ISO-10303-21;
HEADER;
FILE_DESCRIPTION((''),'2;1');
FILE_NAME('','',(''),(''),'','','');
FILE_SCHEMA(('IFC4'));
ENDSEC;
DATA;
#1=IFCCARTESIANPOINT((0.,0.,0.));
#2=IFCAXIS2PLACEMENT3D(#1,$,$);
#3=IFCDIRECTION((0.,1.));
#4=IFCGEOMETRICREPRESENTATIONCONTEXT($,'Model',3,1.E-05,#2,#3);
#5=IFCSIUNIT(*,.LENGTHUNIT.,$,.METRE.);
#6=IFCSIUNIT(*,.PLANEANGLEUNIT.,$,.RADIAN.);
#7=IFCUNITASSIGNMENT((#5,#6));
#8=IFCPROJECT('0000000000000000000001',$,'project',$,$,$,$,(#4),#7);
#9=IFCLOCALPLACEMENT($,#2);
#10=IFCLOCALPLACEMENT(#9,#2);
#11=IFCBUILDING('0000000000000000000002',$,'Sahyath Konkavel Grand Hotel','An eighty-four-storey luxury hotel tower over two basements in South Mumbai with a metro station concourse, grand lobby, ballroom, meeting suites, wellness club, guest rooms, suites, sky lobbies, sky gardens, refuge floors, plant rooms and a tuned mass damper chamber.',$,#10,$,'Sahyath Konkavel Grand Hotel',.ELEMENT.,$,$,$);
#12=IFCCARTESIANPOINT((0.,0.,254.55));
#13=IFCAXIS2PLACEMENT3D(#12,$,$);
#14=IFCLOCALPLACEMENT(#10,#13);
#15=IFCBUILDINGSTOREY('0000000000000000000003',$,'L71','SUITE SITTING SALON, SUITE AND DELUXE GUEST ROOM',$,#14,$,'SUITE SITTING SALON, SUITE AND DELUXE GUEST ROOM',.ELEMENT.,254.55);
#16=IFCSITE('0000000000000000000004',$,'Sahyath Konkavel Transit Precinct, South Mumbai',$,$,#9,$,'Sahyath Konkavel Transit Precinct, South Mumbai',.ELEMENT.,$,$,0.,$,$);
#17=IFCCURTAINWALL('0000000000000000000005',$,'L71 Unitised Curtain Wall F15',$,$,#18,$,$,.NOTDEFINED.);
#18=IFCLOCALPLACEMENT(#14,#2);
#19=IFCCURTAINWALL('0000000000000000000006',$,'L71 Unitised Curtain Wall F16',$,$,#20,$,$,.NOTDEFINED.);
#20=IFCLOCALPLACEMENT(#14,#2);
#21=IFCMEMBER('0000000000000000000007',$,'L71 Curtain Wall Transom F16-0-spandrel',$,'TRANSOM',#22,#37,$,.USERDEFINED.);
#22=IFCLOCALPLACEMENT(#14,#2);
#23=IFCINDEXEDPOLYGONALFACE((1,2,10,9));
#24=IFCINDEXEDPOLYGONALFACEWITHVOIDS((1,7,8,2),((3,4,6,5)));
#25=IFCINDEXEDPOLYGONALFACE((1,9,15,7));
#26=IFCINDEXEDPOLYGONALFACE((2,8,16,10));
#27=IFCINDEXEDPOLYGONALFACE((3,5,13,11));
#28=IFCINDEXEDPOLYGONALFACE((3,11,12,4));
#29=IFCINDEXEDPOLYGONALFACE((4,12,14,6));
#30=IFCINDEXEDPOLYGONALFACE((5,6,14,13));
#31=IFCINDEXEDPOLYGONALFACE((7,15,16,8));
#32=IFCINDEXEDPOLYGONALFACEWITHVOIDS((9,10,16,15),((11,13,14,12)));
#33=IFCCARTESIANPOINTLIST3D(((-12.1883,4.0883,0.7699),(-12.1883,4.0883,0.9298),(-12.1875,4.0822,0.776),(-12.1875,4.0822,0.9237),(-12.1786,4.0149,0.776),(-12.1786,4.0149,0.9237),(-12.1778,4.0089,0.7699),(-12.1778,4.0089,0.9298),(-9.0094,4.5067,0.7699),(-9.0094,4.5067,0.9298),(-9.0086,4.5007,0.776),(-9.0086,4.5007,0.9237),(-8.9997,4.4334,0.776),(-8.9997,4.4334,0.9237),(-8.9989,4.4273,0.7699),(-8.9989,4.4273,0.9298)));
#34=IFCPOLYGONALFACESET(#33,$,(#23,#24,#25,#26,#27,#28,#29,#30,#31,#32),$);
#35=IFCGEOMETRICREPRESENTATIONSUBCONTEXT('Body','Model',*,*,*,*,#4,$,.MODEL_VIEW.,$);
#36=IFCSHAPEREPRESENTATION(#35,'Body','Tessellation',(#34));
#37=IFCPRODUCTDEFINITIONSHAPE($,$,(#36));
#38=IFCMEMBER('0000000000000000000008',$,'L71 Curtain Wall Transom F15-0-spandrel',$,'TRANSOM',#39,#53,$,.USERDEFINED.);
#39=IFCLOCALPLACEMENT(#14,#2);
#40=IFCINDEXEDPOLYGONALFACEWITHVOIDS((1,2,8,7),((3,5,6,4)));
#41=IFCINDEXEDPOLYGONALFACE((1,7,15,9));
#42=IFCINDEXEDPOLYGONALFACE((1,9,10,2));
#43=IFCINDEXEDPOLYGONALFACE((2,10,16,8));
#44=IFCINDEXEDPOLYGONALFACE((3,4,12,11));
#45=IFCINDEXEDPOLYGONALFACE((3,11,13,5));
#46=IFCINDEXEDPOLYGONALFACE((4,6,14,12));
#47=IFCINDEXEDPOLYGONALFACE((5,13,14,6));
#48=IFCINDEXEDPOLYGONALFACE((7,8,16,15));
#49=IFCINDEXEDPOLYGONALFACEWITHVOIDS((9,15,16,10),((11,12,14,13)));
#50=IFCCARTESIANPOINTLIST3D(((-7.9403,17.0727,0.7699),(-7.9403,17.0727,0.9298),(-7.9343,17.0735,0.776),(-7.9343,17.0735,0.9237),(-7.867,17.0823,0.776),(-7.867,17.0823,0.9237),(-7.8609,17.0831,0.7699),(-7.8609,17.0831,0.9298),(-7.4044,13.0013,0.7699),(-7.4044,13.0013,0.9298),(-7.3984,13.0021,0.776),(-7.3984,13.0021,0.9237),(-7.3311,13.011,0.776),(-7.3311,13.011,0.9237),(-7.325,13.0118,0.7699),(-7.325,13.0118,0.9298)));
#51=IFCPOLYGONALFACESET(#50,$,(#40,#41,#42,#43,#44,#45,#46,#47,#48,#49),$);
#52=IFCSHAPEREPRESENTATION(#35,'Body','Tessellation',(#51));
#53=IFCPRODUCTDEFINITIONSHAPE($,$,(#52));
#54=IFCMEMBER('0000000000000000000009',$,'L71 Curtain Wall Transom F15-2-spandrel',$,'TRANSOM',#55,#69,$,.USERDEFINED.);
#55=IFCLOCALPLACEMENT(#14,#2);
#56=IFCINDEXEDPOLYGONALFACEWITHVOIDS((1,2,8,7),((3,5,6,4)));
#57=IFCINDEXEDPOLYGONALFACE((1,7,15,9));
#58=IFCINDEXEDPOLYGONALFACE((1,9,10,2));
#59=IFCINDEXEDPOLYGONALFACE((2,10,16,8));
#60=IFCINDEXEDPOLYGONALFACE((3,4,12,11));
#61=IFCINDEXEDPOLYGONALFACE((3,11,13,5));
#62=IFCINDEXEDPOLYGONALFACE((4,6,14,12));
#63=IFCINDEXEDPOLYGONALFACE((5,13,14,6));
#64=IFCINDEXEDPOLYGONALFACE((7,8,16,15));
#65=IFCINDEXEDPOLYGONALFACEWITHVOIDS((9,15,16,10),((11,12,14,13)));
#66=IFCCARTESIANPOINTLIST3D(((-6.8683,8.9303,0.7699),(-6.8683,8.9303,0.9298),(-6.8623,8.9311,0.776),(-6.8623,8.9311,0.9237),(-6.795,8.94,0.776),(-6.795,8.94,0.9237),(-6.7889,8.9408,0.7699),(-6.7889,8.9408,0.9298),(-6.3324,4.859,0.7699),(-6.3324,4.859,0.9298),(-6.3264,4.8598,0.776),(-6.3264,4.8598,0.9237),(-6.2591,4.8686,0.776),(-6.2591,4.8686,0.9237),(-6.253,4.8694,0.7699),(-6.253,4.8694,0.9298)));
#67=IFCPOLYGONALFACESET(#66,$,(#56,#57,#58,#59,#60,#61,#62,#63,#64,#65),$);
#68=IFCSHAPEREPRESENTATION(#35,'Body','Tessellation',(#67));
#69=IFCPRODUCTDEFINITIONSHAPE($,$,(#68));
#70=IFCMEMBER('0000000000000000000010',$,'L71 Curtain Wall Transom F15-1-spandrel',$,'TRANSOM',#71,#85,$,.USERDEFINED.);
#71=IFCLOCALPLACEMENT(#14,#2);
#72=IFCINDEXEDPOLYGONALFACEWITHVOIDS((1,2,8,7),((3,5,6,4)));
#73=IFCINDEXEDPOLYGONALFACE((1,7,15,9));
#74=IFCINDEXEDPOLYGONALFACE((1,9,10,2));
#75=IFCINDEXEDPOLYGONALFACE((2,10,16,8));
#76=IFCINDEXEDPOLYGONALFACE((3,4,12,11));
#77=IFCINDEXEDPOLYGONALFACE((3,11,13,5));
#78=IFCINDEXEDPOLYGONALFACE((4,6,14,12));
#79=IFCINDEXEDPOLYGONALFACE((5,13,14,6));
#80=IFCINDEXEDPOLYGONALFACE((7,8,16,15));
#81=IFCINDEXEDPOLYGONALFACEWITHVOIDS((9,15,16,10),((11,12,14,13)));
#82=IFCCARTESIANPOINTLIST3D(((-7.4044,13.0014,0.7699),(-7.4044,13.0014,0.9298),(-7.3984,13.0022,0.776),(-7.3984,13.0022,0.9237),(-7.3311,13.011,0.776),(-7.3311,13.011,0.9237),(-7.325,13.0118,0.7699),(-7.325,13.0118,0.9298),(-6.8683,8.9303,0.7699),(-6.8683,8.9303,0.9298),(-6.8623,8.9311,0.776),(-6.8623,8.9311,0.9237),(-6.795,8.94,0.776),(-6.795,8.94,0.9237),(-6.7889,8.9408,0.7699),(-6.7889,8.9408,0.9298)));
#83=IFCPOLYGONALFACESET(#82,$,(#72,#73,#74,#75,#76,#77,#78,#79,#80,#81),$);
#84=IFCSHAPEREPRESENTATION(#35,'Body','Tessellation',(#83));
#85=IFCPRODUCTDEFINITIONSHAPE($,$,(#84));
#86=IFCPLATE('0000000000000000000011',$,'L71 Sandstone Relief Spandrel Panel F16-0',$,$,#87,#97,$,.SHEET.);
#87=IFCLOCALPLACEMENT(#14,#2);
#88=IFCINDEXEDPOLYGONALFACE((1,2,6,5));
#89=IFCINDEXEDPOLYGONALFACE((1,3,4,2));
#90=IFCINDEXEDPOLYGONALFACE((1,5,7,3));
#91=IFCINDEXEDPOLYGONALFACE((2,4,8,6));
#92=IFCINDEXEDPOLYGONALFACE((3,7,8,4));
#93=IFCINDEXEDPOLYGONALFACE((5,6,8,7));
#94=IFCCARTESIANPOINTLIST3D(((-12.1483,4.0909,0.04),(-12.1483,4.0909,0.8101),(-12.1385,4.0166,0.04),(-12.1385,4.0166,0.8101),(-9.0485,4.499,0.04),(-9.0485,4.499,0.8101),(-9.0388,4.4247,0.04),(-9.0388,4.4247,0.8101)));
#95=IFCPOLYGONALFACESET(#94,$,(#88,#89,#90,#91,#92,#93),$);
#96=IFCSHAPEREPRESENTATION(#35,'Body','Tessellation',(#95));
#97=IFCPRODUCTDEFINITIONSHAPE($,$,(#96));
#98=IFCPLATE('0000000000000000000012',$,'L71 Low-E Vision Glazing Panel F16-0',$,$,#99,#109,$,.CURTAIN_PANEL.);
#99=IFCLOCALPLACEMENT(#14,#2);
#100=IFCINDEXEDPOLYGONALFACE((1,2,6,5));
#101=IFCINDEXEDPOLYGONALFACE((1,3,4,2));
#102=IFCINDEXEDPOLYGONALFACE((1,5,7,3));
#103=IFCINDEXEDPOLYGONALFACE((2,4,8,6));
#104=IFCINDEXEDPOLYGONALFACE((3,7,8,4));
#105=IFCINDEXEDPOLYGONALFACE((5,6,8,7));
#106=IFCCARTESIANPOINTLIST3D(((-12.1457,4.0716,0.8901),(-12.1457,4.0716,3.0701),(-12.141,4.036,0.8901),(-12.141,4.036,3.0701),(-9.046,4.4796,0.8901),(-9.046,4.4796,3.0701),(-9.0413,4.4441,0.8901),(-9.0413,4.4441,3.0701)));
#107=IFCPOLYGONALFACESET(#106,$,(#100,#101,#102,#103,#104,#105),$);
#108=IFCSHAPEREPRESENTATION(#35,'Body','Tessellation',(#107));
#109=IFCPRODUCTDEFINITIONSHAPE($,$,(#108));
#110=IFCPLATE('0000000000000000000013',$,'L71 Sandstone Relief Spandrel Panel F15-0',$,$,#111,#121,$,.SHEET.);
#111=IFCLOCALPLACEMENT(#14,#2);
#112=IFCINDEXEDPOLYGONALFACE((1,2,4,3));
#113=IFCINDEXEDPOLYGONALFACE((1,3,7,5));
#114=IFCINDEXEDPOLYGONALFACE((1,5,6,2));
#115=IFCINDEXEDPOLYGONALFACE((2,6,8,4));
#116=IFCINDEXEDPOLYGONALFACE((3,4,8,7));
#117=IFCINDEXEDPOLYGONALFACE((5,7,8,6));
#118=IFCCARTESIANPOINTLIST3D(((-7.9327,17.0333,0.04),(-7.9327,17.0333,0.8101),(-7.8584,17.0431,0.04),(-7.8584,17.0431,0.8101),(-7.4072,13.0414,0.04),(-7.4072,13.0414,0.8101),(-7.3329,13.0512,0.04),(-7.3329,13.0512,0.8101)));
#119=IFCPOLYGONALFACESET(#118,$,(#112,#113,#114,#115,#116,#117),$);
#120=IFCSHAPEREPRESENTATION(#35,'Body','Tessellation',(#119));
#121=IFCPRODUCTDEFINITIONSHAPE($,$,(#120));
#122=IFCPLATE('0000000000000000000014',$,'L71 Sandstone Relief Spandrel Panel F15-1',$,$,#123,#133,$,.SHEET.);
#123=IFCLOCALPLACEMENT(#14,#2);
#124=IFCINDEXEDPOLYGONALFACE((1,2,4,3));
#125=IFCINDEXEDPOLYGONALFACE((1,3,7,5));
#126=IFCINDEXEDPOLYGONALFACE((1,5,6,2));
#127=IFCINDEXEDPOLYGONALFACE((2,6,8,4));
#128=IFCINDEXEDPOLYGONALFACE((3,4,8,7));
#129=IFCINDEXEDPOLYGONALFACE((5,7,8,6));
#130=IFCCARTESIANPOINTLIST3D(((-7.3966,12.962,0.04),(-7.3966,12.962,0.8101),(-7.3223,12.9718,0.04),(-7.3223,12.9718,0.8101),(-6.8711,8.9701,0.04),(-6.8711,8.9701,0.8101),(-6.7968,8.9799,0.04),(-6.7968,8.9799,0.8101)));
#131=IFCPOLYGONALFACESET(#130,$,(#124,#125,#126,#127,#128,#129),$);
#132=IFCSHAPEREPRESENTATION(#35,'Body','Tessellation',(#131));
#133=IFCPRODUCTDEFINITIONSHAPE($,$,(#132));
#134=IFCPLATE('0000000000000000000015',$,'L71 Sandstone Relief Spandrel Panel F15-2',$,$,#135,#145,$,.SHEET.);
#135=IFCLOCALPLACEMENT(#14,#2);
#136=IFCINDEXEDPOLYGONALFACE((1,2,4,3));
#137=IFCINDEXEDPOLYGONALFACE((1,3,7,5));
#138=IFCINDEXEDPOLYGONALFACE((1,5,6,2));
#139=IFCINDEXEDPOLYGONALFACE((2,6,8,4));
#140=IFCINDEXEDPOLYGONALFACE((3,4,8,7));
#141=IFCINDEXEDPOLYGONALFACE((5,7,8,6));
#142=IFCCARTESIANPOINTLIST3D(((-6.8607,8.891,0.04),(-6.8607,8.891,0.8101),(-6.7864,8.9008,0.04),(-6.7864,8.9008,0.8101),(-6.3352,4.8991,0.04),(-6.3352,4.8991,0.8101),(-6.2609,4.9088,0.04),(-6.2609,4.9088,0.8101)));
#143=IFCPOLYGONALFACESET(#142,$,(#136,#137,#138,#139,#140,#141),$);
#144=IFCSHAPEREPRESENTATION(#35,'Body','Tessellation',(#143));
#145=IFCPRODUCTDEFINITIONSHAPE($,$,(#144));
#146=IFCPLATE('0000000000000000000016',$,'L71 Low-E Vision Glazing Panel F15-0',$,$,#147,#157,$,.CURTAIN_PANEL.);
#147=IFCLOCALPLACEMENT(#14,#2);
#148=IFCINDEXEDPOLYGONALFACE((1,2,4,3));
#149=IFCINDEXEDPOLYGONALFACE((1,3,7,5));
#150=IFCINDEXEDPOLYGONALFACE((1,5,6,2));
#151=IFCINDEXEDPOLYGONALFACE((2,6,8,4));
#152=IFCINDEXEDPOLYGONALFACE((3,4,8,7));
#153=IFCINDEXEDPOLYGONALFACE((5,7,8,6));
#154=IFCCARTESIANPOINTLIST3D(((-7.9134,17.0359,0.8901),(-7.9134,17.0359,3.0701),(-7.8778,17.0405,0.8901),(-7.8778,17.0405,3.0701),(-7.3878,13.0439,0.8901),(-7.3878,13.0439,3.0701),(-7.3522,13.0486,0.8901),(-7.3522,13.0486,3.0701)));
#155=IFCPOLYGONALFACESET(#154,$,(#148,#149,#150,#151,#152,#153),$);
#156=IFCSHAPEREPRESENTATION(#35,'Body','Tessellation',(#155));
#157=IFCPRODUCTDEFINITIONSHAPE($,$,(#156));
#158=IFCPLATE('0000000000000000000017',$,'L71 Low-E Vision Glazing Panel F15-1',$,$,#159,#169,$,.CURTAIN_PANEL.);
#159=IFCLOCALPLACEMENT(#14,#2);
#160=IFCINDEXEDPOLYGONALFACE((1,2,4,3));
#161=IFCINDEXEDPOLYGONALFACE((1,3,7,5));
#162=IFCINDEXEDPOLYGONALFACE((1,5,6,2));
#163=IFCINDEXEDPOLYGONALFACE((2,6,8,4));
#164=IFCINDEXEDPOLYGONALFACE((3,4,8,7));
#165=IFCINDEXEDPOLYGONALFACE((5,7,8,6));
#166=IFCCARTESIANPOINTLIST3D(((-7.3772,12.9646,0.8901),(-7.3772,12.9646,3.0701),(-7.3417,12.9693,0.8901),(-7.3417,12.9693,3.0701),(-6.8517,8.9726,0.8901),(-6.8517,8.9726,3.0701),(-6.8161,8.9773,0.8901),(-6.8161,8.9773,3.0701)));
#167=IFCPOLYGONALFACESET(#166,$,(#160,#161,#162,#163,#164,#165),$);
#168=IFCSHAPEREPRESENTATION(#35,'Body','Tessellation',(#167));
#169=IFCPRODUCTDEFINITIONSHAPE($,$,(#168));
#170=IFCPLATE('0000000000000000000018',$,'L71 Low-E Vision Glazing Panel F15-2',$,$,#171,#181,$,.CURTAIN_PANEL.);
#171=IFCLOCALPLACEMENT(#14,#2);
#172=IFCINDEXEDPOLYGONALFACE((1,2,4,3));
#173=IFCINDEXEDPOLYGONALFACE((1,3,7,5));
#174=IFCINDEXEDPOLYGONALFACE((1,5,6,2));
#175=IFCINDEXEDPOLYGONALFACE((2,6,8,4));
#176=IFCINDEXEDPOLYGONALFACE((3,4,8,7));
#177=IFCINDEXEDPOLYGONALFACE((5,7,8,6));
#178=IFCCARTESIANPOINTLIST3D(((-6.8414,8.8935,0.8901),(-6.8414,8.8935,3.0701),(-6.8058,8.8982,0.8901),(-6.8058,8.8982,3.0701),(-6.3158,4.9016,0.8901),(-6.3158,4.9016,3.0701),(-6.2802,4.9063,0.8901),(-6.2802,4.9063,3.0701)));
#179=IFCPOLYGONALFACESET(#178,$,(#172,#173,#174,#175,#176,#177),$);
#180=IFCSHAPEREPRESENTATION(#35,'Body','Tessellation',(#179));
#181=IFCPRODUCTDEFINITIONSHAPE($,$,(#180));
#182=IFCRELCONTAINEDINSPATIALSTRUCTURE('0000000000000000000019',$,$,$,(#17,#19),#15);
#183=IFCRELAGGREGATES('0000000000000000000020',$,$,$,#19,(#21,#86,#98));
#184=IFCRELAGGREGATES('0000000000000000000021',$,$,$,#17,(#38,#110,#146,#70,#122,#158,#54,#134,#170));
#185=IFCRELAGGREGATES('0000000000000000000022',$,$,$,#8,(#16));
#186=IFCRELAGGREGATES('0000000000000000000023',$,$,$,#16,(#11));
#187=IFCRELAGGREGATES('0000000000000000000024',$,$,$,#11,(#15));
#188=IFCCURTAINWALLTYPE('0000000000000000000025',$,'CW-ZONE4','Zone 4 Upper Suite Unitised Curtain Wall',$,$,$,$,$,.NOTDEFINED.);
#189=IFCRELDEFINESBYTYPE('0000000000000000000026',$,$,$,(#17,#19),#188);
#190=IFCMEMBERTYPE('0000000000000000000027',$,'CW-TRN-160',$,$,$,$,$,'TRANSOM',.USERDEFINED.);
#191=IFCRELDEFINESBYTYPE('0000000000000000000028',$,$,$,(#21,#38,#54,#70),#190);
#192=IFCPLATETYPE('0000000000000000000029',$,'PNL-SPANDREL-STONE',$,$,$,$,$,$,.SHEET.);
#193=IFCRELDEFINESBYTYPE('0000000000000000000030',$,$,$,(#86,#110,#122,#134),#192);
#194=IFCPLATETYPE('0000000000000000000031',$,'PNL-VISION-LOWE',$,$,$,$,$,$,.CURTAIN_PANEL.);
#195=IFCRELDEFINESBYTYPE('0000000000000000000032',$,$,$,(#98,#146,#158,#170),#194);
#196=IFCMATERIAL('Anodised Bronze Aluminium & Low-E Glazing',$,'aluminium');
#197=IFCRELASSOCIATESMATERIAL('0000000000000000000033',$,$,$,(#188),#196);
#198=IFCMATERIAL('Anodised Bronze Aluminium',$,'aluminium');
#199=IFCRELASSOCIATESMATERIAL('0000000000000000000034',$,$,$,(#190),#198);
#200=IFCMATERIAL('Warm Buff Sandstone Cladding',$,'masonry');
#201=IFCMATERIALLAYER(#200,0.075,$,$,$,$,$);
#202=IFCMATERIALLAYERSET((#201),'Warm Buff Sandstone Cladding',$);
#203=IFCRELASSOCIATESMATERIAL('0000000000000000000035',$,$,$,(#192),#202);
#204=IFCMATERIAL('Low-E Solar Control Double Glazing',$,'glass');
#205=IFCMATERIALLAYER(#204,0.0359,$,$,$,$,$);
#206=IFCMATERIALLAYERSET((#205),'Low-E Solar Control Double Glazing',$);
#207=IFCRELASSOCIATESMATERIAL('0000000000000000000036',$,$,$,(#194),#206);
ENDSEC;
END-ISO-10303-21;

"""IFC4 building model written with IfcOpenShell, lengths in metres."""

from ifc_helpers import new_model, si_unit, direction, frame, origin, origin_2d, place, context, subcontext, project, spatial, rectangle, hollow_rectangle, extrude, source, transform, mapped, material, layer, layer_set, material_profile, profile_set, type_object, element, aggregate, save


model = new_model("IFC4")

# Units and contexts
model_context = context("Model", 3, precision=1e-05, world=origin(), true_north=direction((0.0, 1.0)))
body_context = subcontext(model_context, "Body", "Model", "MODEL_VIEW")
ifc_project = project(units=[si_unit("LENGTHUNIT", "METRE"), si_unit("PLANEANGLEUNIT", "RADIAN")], contexts=[model_context])

# Site, building, storey
site_placement = place(None, origin())
site = spatial("IfcSite", under=ifc_project, at=site_placement, Name="Sahyath Konkavel Transit Precinct, South Mumbai", LongName="Sahyath Konkavel Transit Precinct, South Mumbai", CompositionType="ELEMENT", RefElevation=0.0)
building_placement = place(site_placement, origin())
building = spatial("IfcBuilding", under=site, at=building_placement, Name="Sahyath Konkavel Grand Hotel", Description="An eighty-four-storey luxury hotel tower over two basements in South Mumbai with a metro station concourse, grand lobby, ballroom, meeting suites, wellness club, guest rooms, suites, sky lobbies, sky gardens, refuge floors, plant rooms and a tuned mass damper chamber.", LongName="Sahyath Konkavel Grand Hotel", CompositionType="ELEMENT")
storey_placement = place(building_placement, frame((0.0, 0.0, 254.55)))
storey = spatial("IfcBuildingStorey", under=building, at=storey_placement, Name="L71", Description="SUITE SITTING SALON, SUITE AND DELUXE GUEST ROOM", LongName="SUITE SITTING SALON, SUITE AND DELUXE GUEST ROOM", CompositionType="ELEMENT", Elevation=254.55)

# Shared definitions
ifc_material_1 = material(Name="Anodised Bronze Aluminium & Low-E Glazing", Category="aluminium")
curtain_wall_type = type_object("IfcCurtainWallType", Name="CW-ZONE4", Description="Zone 4 Upper Suite Unitised Curtain Wall", PredefinedType="NOTDEFINED", material=ifc_material_1)
ifc_material_2 = material(Name="Anodised Bronze Aluminium", Category="aluminium")

# Curtain wall
curtain_wall_1_placement = place(storey_placement, origin())
curtain_wall_1 = element("IfcCurtainWall", 1, at=curtain_wall_1_placement, inside=storey, type_object=curtain_wall_type, Name="L71 Unitised Curtain Wall F15", PredefinedType="NOTDEFINED")

# Curtain wall
curtain_wall_2_placement = place(storey_placement, origin())
curtain_wall_2 = element("IfcCurtainWall", 2, at=curtain_wall_2_placement, inside=storey, type_object=curtain_wall_type, Name="L71 Unitised Curtain Wall F16", PredefinedType="NOTDEFINED")

# Members
ifc_material_profile_1 = material_profile(ifc_material_2, hollow_rectangle(XDim=0.0801, YDim=0.1599, WallThickness=0.0061, at=origin_2d()), Name="RHS 160x80x6")
ifc_profile_set_1 = profile_set([ifc_material_profile_1], Name="Anodised Bronze Aluminium")
member_type_1 = type_object("IfcMemberType", Name="CW-TRN-160", ElementType="TRANSOM", PredefinedType="USERDEFINED", material=ifc_profile_set_1)
shared_shape_1 = source(origin(), body_context, "Body", "SweptSolid", [
    extrude(hollow_rectangle(XDim=0.0801, YDim=0.1599, WallThickness=0.0061, at=origin_2d()), origin(), (0.0, 0.0, 1.0), 3.2063),
])
member_1_placement = place(storey_placement, frame((-9.0042, 4.467, 0.8499), z_axis=(-0.991447, -0.130508, 0.0), x_axis=(0.130508, -0.991447, 0.0)))
member_1 = element("IfcMember", 3, at=member_1_placement, type_object=member_type_1, Name="L71 Curtain Wall Transom F16-0-spandrel", ObjectType="TRANSOM", PredefinedType="USERDEFINED", context=body_context, shape_type="MappedRepresentation", body=[
    mapped(shared_shape_1, transform((0.0, 0.0, 0.0), scale=1.0)),
])
shared_shape_2 = source(origin(), body_context, "Body", "SweptSolid", [
    extrude(hollow_rectangle(XDim=0.0801, YDim=0.1599, WallThickness=0.0061, at=origin_2d()), origin(), (0.0, 0.0, 1.0), 4.1064),
])
member_2_placement = place(storey_placement, frame((-7.9006, 17.0779, 0.8499), z_axis=(0.130501, -0.991448, 0.0), x_axis=(0.991448, 0.130501, 0.0)))
member_2 = element("IfcMember", 4, at=member_2_placement, type_object=member_type_1, Name="L71 Curtain Wall Transom F15-0-spandrel", ObjectType="TRANSOM", PredefinedType="USERDEFINED", context=body_context, shape_type="MappedRepresentation", body=[
    mapped(shared_shape_2, transform((0.0, 0.0, 0.0), scale=1.0)),
])
member_3_placement = place(storey_placement, frame((-6.8286, 8.9355, 0.8499), z_axis=(0.130501, -0.991448, 0.0), x_axis=(0.991448, 0.130501, 0.0)))
member_3 = element("IfcMember", 5, at=member_3_placement, type_object=member_type_1, Name="L71 Curtain Wall Transom F15-2-spandrel", ObjectType="TRANSOM", PredefinedType="USERDEFINED", context=body_context, shape_type="MappedRepresentation", body=[
    mapped(shared_shape_2, transform((0.0, 0.0, 0.0), scale=1.0)),
])
shared_shape_3 = source(origin(), body_context, "Body", "SweptSolid", [
    extrude(hollow_rectangle(XDim=0.0801, YDim=0.1599, WallThickness=0.0061, at=origin_2d()), origin(), (0.0, 0.0, 1.0), 4.1062),
])
member_4_placement = place(storey_placement, frame((-7.3647, 13.0066, 0.8499), z_axis=(0.130567, -0.99144, 0.0), x_axis=(0.99144, 0.130567, 0.0)))
member_4 = element("IfcMember", 6, at=member_4_placement, type_object=member_type_1, Name="L71 Curtain Wall Transom F15-1-spandrel", ObjectType="TRANSOM", PredefinedType="USERDEFINED", context=body_context, shape_type="MappedRepresentation", body=[
    mapped(shared_shape_3, transform((0.0, 0.0, 0.0), scale=1.0)),
])

# Plates
ifc_material_3 = material(Name="Warm Buff Sandstone Cladding", Category="masonry")
ifc_layer_1 = layer(ifc_material_3, 0.075)
ifc_layer_set_1 = layer_set([ifc_layer_1], Name="Warm Buff Sandstone Cladding")
plate_type_1 = type_object("IfcPlateType", Name="PNL-SPANDREL-STONE", PredefinedType="SHEET", material=ifc_layer_set_1)
shared_shape_4 = source(origin(), body_context, "Body", "SweptSolid", [
    extrude(rectangle(XDim=3.1265, YDim=0.075, at=origin_2d()), origin(), (0.0, 0.0, 1.0), 0.77),
])
plate_1_placement = place(storey_placement, frame((-10.5935, 4.2578, 0.04), z_axis=(0.0, 0.0, 1.0), x_axis=(-0.991445, -0.130526, 0.0)))
plate_1 = element("IfcPlate", 7, at=plate_1_placement, type_object=plate_type_1, Name="L71 Sandstone Relief Spandrel Panel F16-0", PredefinedType="SHEET", context=body_context, shape_type="MappedRepresentation", body=[
    mapped(shared_shape_4, transform((0.0, 0.0, 0.0), scale=1.0)),
])
ifc_material_4 = material(Name="Low-E Solar Control Double Glazing", Category="glass")
ifc_layer_2 = layer(ifc_material_4, 0.0359)
ifc_layer_set_2 = layer_set([ifc_layer_2], Name="Low-E Solar Control Double Glazing")
plate_type_2 = type_object("IfcPlateType", Name="PNL-VISION-LOWE", PredefinedType="CURTAIN_PANEL", material=ifc_layer_set_2)
shared_shape_5 = source(origin(), body_context, "Body", "SweptSolid", [
    extrude(rectangle(XDim=3.1265, YDim=0.0359, at=origin_2d()), origin(), (0.0, 0.0, 1.0), 2.1799),
])
plate_2_placement = place(storey_placement, frame((-10.5935, 4.2578, 0.8901), z_axis=(0.0, 0.0, 1.0), x_axis=(-0.991445, -0.130526, 0.0)))
plate_2 = element("IfcPlate", 8, at=plate_2_placement, type_object=plate_type_2, Name="L71 Low-E Vision Glazing Panel F16-0", PredefinedType="CURTAIN_PANEL", context=body_context, shape_type="MappedRepresentation", body=[
    mapped(shared_shape_5, transform((0.0, 0.0, 0.0), scale=1.0)),
])
aggregate(curtain_wall_2, [member_1, plate_1, plate_2])
shared_shape_6 = source(origin(), body_context, "Body", "SweptSolid", [
    extrude(rectangle(XDim=4.0264, YDim=0.075, at=origin_2d()), origin(), (0.0, 0.0, 1.0), 0.77),
])
plate_3_placement = place(storey_placement, frame((-7.6328, 15.0422, 0.04), z_axis=(0.0, 0.0, 1.0), x_axis=(0.130526, -0.991445, 0.0)))
plate_3 = element("IfcPlate", 9, at=plate_3_placement, type_object=plate_type_1, Name="L71 Sandstone Relief Spandrel Panel F15-0", PredefinedType="SHEET", context=body_context, shape_type="MappedRepresentation", body=[
    mapped(shared_shape_6, transform((0.0, 0.0, 0.0), scale=1.0)),
])
plate_4_placement = place(storey_placement, frame((-7.0967, 10.9709, 0.04), z_axis=(0.0, 0.0, 1.0), x_axis=(0.130526, -0.991445, 0.0)))
plate_4 = element("IfcPlate", 10, at=plate_4_placement, type_object=plate_type_1, Name="L71 Sandstone Relief Spandrel Panel F15-1", PredefinedType="SHEET", context=body_context, shape_type="MappedRepresentation", body=[
    mapped(shared_shape_6, transform((0.0, 0.0, 0.0), scale=1.0)),
])
plate_5_placement = place(storey_placement, frame((-6.5608, 6.8999, 0.04), z_axis=(0.0, 0.0, 1.0), x_axis=(0.130526, -0.991445, 0.0)))
plate_5 = element("IfcPlate", 11, at=plate_5_placement, type_object=plate_type_1, Name="L71 Sandstone Relief Spandrel Panel F15-2", PredefinedType="SHEET", context=body_context, shape_type="MappedRepresentation", body=[
    mapped(shared_shape_6, transform((0.0, 0.0, 0.0), scale=1.0)),
])
shared_shape_7 = source(origin(), body_context, "Body", "SweptSolid", [
    extrude(rectangle(XDim=4.0264, YDim=0.0359, at=origin_2d()), origin(), (0.0, 0.0, 1.0), 2.1799),
])
plate_6_placement = place(storey_placement, frame((-7.6328, 15.0422, 0.8901), z_axis=(0.0, 0.0, 1.0), x_axis=(0.130526, -0.991445, 0.0)))
plate_6 = element("IfcPlate", 12, at=plate_6_placement, type_object=plate_type_2, Name="L71 Low-E Vision Glazing Panel F15-0", PredefinedType="CURTAIN_PANEL", context=body_context, shape_type="MappedRepresentation", body=[
    mapped(shared_shape_7, transform((0.0, 0.0, 0.0), scale=1.0)),
])
plate_7_placement = place(storey_placement, frame((-7.0967, 10.9709, 0.8901), z_axis=(0.0, 0.0, 1.0), x_axis=(0.130526, -0.991445, 0.0)))
plate_7 = element("IfcPlate", 13, at=plate_7_placement, type_object=plate_type_2, Name="L71 Low-E Vision Glazing Panel F15-1", PredefinedType="CURTAIN_PANEL", context=body_context, shape_type="MappedRepresentation", body=[
    mapped(shared_shape_7, transform((0.0, 0.0, 0.0), scale=1.0)),
])
plate_8_placement = place(storey_placement, frame((-6.5608, 6.8999, 0.8901), z_axis=(0.0, 0.0, 1.0), x_axis=(0.130526, -0.991445, 0.0)))
plate_8 = element("IfcPlate", 14, at=plate_8_placement, type_object=plate_type_2, Name="L71 Low-E Vision Glazing Panel F15-2", PredefinedType="CURTAIN_PANEL", context=body_context, shape_type="MappedRepresentation", body=[
    mapped(shared_shape_7, transform((0.0, 0.0, 0.0), scale=1.0)),
])
aggregate(curtain_wall_1, [member_2, plate_3, plate_6, member_4, plate_4, plate_7, member_3, plate_5, plate_8])

save(model, "model.ifc")
